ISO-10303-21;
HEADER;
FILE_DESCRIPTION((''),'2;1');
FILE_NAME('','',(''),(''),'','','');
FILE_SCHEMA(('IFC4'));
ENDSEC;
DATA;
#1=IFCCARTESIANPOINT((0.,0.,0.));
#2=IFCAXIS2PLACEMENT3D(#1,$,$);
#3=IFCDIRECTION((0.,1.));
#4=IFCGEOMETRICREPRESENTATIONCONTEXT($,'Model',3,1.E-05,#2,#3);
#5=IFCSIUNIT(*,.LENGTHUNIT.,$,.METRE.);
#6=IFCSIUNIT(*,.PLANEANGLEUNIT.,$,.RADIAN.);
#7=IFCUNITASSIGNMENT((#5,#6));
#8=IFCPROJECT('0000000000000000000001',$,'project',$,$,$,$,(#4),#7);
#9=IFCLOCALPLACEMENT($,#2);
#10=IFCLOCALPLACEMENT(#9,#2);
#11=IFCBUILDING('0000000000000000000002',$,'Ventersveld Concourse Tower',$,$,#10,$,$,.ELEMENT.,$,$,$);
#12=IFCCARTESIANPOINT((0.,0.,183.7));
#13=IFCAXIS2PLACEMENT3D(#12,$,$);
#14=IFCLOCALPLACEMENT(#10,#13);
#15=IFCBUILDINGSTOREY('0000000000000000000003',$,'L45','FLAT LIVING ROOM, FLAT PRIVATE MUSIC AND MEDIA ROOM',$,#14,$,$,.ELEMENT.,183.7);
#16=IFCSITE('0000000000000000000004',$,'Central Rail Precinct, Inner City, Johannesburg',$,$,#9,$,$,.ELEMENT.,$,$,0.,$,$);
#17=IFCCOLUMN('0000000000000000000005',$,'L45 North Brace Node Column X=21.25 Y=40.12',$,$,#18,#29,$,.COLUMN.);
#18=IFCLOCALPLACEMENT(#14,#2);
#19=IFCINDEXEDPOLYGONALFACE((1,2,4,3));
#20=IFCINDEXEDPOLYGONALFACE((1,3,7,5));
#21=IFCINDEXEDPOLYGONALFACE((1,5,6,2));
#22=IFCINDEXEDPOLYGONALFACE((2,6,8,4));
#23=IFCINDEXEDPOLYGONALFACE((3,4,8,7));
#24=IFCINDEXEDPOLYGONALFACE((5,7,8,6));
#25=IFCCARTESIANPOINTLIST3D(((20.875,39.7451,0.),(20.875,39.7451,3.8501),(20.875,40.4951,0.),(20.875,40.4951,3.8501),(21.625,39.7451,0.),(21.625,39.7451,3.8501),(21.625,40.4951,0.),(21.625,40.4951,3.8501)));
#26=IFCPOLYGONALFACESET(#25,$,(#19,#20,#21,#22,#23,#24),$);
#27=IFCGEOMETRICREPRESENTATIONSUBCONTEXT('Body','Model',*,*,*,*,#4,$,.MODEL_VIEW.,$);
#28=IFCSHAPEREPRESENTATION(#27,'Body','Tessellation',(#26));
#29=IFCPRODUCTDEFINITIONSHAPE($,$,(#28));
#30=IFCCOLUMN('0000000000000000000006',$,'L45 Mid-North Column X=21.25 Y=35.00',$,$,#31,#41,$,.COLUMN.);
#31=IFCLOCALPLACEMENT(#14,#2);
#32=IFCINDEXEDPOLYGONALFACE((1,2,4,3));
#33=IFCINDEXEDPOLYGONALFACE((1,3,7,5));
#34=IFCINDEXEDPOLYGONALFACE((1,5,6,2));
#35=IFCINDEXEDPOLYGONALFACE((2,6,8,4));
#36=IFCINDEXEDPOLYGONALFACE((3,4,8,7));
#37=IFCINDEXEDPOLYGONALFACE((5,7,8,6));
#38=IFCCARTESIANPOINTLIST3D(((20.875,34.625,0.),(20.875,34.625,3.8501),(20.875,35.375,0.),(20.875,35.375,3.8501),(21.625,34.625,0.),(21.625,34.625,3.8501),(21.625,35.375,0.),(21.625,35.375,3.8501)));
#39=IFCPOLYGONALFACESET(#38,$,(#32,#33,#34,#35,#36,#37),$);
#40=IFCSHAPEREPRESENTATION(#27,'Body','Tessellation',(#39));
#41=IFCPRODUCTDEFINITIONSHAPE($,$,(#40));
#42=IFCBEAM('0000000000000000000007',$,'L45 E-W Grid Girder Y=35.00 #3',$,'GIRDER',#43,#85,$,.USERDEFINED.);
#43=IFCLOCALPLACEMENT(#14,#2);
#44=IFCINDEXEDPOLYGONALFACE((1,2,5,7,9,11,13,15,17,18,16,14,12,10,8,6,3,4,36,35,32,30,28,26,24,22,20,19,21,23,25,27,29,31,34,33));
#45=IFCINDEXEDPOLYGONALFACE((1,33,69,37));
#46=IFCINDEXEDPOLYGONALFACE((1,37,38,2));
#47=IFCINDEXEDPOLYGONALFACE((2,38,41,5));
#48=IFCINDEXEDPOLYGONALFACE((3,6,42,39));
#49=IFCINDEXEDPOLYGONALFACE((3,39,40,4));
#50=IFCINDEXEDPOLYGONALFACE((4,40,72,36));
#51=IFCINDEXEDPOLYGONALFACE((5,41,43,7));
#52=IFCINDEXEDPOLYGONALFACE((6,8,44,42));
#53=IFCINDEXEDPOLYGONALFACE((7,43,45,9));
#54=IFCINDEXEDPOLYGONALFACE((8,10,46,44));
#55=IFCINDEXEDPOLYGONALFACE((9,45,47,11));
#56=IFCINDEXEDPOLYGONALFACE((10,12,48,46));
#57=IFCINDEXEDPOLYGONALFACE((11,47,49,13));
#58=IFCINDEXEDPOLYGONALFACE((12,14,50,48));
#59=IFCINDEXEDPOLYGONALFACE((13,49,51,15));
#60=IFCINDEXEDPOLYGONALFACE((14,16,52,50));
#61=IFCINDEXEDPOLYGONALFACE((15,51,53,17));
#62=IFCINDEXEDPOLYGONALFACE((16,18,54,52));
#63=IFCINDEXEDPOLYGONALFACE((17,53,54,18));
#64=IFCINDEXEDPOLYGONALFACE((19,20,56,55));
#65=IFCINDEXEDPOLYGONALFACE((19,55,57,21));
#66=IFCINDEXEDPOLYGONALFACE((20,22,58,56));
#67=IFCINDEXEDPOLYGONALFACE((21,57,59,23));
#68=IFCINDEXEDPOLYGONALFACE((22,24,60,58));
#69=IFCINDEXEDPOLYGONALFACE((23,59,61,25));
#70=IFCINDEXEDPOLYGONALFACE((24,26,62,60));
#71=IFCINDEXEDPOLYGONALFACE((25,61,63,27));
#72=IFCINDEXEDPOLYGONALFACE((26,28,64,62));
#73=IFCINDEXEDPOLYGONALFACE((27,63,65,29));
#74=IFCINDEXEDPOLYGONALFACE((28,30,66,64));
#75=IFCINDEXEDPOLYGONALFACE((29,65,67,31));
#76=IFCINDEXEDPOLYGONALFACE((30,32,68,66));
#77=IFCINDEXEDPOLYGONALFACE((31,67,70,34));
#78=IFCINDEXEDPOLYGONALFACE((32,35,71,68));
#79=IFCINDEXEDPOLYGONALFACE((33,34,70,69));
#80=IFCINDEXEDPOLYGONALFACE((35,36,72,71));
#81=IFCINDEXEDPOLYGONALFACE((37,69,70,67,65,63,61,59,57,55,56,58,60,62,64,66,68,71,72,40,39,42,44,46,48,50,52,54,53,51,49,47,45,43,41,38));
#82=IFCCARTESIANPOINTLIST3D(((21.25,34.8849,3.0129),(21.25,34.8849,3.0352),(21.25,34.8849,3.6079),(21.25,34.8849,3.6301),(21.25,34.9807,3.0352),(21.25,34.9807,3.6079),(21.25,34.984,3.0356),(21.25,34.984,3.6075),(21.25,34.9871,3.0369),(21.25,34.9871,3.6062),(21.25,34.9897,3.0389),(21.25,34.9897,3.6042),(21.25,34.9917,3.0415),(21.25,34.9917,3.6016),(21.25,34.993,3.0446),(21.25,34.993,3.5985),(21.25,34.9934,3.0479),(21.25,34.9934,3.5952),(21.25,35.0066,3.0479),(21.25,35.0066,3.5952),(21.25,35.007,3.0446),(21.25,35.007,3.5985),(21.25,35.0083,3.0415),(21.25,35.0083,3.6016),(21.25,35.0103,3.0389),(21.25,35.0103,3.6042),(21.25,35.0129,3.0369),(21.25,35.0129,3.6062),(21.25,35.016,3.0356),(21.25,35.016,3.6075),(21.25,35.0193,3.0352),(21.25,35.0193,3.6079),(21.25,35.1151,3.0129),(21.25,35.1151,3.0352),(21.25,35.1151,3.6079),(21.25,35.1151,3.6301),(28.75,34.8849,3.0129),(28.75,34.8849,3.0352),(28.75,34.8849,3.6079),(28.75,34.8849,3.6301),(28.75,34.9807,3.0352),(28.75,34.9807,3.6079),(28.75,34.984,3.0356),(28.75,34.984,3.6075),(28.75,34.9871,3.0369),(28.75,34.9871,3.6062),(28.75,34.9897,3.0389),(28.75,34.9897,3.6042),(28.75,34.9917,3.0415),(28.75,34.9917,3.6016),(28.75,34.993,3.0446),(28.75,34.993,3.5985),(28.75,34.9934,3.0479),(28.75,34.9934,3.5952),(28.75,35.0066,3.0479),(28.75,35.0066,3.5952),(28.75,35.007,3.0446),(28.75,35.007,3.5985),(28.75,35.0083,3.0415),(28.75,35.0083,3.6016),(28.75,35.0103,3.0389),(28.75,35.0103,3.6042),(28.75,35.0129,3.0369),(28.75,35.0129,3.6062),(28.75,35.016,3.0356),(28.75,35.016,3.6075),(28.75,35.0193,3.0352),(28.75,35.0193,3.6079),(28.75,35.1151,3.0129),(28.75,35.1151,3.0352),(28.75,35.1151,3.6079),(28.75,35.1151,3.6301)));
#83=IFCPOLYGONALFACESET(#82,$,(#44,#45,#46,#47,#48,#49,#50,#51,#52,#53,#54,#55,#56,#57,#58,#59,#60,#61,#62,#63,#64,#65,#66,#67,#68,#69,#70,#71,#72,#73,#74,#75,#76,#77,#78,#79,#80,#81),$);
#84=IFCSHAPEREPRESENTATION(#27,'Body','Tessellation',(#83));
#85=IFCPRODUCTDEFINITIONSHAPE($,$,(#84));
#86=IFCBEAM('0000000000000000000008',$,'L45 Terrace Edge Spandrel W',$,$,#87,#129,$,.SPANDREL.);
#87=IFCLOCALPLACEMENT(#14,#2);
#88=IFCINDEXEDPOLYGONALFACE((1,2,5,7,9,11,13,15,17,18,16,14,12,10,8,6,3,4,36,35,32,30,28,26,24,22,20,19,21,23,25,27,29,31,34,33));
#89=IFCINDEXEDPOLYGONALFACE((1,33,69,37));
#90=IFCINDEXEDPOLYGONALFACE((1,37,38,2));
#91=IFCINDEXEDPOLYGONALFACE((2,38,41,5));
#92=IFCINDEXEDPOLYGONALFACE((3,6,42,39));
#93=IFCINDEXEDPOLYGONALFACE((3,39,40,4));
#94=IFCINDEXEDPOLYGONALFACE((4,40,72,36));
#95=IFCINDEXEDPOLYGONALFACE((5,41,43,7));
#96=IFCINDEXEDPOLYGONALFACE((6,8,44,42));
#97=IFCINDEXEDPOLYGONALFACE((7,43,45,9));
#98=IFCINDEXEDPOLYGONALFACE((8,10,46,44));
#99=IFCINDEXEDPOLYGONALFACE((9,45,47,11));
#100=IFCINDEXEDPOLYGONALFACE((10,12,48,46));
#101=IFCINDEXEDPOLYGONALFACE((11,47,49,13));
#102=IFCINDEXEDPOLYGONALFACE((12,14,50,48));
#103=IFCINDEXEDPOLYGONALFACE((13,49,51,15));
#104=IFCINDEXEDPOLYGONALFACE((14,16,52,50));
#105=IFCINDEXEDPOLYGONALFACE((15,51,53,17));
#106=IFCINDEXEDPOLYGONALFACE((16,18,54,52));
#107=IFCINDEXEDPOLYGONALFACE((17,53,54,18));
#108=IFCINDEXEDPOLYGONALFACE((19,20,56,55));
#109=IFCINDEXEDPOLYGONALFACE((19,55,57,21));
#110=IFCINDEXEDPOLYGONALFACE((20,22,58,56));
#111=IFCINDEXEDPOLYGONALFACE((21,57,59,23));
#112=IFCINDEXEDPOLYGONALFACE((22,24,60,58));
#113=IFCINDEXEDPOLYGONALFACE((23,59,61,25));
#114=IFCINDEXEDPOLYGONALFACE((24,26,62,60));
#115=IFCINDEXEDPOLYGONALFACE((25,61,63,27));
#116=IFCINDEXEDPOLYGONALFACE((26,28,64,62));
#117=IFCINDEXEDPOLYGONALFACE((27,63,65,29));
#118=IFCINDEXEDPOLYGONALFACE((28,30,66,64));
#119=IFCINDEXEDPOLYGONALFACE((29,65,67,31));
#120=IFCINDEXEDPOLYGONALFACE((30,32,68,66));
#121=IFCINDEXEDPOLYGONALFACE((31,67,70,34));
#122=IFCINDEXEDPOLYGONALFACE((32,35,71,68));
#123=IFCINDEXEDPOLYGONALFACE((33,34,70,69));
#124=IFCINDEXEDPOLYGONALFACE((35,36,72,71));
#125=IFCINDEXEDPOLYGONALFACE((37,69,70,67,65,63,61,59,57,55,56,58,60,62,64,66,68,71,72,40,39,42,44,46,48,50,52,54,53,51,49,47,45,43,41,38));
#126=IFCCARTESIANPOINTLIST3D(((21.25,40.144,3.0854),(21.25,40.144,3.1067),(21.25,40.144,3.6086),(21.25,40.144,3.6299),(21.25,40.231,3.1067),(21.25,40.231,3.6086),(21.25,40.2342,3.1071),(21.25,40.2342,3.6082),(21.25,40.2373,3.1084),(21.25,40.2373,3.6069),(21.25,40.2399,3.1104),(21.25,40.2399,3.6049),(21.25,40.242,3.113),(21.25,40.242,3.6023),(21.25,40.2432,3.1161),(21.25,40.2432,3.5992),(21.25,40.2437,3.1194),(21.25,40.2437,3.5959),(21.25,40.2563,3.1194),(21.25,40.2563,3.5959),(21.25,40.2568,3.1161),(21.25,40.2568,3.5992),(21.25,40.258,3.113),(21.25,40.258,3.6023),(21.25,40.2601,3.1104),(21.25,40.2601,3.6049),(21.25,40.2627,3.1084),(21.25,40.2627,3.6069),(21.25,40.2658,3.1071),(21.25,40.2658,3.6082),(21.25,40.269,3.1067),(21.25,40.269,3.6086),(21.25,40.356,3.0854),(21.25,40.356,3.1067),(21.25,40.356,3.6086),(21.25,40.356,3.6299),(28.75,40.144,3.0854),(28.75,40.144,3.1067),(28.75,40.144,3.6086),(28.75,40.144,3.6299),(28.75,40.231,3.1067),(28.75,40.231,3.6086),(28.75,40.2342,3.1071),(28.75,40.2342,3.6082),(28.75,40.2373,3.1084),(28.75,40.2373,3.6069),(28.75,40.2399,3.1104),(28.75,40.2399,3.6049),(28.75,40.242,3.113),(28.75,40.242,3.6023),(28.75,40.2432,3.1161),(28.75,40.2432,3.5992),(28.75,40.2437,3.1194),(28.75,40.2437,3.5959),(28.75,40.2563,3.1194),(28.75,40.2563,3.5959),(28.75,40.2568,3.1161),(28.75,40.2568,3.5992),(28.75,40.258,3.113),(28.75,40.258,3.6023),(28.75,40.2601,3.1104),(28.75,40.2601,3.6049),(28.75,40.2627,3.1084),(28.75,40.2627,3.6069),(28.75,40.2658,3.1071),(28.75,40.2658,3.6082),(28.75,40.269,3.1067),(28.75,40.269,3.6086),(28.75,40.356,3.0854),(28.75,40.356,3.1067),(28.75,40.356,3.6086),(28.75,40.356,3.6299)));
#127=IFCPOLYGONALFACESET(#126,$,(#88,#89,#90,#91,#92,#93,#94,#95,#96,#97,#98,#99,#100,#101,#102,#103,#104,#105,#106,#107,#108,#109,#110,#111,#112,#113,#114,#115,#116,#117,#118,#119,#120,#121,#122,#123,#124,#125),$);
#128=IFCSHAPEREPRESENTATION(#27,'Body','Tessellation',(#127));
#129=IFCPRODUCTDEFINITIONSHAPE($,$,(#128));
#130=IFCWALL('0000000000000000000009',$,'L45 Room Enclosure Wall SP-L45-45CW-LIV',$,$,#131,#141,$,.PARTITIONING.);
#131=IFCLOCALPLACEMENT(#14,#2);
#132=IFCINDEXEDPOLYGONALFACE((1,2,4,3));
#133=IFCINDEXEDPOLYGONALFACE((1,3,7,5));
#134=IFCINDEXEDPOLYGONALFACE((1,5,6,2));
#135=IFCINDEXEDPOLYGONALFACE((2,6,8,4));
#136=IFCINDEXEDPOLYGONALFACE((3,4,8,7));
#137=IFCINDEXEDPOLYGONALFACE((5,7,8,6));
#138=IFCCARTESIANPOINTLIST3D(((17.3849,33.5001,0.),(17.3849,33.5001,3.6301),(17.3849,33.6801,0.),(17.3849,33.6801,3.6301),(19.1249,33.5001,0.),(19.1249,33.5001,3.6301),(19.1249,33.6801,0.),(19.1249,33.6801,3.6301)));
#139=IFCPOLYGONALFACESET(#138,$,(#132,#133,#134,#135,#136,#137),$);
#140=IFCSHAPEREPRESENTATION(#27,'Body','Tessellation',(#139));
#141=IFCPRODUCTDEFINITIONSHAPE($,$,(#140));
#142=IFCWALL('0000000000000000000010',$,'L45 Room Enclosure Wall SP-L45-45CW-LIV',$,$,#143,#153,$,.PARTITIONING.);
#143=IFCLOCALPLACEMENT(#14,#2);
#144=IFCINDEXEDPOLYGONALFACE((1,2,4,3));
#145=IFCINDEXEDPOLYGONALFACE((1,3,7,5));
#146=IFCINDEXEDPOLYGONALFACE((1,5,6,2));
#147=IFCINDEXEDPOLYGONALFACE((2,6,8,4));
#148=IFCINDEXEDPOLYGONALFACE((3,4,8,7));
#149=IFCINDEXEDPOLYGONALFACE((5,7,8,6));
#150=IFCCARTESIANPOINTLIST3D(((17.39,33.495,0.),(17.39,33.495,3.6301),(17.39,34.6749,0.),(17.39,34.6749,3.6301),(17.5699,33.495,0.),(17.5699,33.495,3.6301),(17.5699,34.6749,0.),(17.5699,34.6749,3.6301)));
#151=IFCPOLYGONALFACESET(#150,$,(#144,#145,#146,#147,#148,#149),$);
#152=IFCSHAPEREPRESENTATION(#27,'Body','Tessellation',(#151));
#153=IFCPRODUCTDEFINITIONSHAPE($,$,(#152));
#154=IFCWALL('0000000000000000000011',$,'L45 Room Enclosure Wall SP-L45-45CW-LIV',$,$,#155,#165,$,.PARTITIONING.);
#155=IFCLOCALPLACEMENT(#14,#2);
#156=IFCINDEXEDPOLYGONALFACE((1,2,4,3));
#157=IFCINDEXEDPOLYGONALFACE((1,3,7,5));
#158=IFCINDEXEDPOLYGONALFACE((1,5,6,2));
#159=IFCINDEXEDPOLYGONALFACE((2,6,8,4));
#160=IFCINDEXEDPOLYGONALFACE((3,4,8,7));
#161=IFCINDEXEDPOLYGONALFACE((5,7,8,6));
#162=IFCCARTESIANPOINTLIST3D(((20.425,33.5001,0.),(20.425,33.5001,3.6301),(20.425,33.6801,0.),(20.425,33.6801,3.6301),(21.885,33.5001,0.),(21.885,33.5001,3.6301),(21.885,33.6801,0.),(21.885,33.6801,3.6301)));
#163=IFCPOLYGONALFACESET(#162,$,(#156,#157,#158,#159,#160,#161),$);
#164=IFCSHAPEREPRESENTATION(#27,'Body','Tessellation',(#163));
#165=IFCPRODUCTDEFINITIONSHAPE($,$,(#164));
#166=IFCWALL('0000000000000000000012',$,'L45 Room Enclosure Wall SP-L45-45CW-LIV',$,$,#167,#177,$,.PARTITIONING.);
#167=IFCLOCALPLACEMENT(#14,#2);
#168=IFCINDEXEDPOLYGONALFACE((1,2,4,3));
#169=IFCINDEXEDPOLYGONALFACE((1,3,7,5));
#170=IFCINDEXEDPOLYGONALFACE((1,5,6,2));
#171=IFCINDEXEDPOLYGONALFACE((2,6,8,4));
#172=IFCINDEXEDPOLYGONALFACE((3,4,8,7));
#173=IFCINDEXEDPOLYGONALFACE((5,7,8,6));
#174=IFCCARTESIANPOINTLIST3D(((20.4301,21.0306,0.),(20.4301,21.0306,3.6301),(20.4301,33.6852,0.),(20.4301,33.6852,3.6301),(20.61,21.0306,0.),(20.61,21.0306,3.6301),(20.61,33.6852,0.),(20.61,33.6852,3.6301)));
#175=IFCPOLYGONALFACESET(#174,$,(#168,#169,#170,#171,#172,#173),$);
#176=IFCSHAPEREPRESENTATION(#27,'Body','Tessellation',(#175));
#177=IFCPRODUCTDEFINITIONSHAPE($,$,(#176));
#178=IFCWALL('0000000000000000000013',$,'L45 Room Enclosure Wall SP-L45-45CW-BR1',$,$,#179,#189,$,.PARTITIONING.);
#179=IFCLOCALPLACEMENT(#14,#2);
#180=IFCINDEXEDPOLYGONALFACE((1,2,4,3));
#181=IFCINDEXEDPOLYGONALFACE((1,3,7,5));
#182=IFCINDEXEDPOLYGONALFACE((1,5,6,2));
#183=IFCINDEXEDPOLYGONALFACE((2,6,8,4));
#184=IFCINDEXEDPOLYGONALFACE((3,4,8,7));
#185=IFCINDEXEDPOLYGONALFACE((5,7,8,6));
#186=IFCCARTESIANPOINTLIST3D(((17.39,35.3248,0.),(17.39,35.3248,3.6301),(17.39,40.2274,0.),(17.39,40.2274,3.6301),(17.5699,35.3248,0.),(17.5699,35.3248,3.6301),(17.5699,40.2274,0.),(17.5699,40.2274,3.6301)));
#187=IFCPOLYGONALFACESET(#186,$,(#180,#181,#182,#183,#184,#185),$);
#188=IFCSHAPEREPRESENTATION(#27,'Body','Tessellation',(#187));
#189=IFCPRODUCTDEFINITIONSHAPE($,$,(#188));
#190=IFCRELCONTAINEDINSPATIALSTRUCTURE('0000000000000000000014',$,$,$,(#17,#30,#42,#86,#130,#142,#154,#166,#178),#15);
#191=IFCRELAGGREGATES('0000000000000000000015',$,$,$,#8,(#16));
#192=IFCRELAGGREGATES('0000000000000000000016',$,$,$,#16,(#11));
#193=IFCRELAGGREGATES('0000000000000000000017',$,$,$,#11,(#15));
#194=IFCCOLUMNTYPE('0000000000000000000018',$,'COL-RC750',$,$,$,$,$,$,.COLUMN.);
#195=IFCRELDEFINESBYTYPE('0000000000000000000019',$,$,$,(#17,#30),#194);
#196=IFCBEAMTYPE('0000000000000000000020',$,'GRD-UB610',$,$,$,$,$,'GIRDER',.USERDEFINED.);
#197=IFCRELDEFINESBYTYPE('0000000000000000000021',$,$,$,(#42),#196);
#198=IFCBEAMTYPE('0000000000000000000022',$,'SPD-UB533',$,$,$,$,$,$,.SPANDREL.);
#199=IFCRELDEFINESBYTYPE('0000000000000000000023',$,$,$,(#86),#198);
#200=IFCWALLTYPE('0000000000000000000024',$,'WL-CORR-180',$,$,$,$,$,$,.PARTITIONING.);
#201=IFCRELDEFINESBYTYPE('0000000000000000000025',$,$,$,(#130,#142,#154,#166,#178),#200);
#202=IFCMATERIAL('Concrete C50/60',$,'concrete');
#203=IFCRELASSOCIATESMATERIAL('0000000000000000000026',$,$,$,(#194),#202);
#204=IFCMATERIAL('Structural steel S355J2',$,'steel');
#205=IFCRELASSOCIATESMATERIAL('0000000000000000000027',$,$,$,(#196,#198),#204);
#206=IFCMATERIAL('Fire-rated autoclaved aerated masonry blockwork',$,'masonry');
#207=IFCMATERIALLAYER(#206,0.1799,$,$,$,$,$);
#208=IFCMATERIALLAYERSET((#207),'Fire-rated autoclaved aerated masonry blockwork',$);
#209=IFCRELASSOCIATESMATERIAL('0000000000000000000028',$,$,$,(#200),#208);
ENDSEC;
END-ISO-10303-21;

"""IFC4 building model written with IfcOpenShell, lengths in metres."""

from ifc_helpers import new_model, si_unit, direction, frame, frame_2d, origin, origin_2d, place, context, subcontext, project, spatial, rectangle, i_section, extrude, material, layer, layer_set, material_profile, profile_set, type_object, element, save


model = new_model("IFC4")

# Units and contexts
model_context = context("Model", 3, precision=1e-05, world=origin(), true_north=direction((0.0, 1.0)))
body_context = subcontext(model_context, "Body", "Model", "MODEL_VIEW")
ifc_project = project(units=[si_unit("LENGTHUNIT", "METRE"), si_unit("PLANEANGLEUNIT", "RADIAN")], contexts=[model_context])

# Site, building, storey
site_placement = place(None, origin())
site = spatial("IfcSite", under=ifc_project, at=site_placement, Name="Central Rail Precinct, Inner City, Johannesburg", CompositionType="ELEMENT", RefElevation=0.0)
building_placement = place(site_placement, origin())
building = spatial("IfcBuilding", under=site, at=building_placement, Name="Ventersveld Concourse Tower", CompositionType="ELEMENT")
storey_placement = place(building_placement, frame((0.0, 0.0, 183.7)))
storey = spatial("IfcBuildingStorey", under=building, at=storey_placement, Name="L45", Description="FLAT LIVING ROOM, FLAT PRIVATE MUSIC AND MEDIA ROOM", CompositionType="ELEMENT", Elevation=183.7)

# Columns
ifc_material_1 = material(Name="Concrete C50/60", Category="concrete")
ifc_material_profile_1 = material_profile(ifc_material_1, rectangle(XDim=0.75, YDim=0.75, at=origin_2d()), Name="RC 750x750")
ifc_profile_set_1 = profile_set([ifc_material_profile_1], Name="Concrete C50/60")
column_type = type_object("IfcColumnType", Name="COL-RC750", PredefinedType="COLUMN", material=ifc_profile_set_1)
for number, where, z_axis, x_axis, name in (
    (1, (21.25, 40.1201, 0.0), (0.0, 0.0, 1.0), (1.0, 0.0, 0.0), "L45 North Brace Node Column X=21.25 Y=40.12"),
    (2, (21.25, 35.0, 0.0), (0.0, 0.0, 1.0), (1.0, 0.0, 0.0), "L45 Mid-North Column X=21.25 Y=35.00"),
):
    element("IfcColumn", number, at=place(storey_placement, frame(where, z_axis=z_axis, x_axis=x_axis)), inside=storey, type_object=column_type, Name=name, PredefinedType="COLUMN", context=body_context, shape_type="SweptSolid", body=[
        extrude(rectangle(XDim=0.75, YDim=0.75, at=origin_2d()), origin(), (0.0, 0.0, 1.0), 3.8501),
    ])

# Beams
ifc_material_2 = material(Name="Structural steel S355J2", Category="steel")
ifc_material_profile_2 = material_profile(ifc_material_2, i_section(OverallWidth=0.2302, OverallDepth=0.6172, WebThickness=0.0132, FlangeThickness=0.0222, FilletRadius=0.0127, at=origin_2d()), Name="UB 610x229x140")
ifc_profile_set_2 = profile_set([ifc_material_profile_2], Name="Structural steel S355J2")
beam_type_1 = type_object("IfcBeamType", Name="GRD-UB610", ElementType="GIRDER", PredefinedType="USERDEFINED", material=ifc_profile_set_2)
beam_1_placement = place(storey_placement, frame((21.25, 35.0, 3.3215), z_axis=(1.0, 0.0, 0.0), x_axis=(0.0, 1.0, 0.0)))
element("IfcBeam", 3, at=beam_1_placement, inside=storey, type_object=beam_type_1, Name="L45 E-W Grid Girder Y=35.00 #3", ObjectType="GIRDER", PredefinedType="USERDEFINED", context=body_context, shape_type="SweptSolid", body=[
    extrude(i_section(OverallWidth=0.2302, OverallDepth=0.6172, WebThickness=0.0132, FlangeThickness=0.0222, FilletRadius=0.0127, at=origin_2d()), origin(), (0.0, 0.0, 1.0), 7.5),
])
ifc_material_profile_3 = material_profile(ifc_material_2, i_section(OverallWidth=0.2119, OverallDepth=0.5444, WebThickness=0.0127, FlangeThickness=0.0212, FilletRadius=0.0127, at=origin_2d()), Name="UB 533x210x122")
ifc_profile_set_3 = profile_set([ifc_material_profile_3], Name="Structural steel S355J2")
beam_type_2 = type_object("IfcBeamType", Name="SPD-UB533", PredefinedType="SPANDREL", material=ifc_profile_set_3)
beam_2_placement = place(storey_placement, frame((21.25, 40.25, 3.3577), z_axis=(1.0, 0.0, 0.0), x_axis=(0.0, 1.0, 0.0)))
element("IfcBeam", 4, at=beam_2_placement, inside=storey, type_object=beam_type_2, Name="L45 Terrace Edge Spandrel W", PredefinedType="SPANDREL", context=body_context, shape_type="SweptSolid", body=[
    extrude(i_section(OverallWidth=0.2119, OverallDepth=0.5444, WebThickness=0.0127, FlangeThickness=0.0212, FilletRadius=0.0127, at=origin_2d()), origin(), (0.0, 0.0, 1.0), 7.5),
])

# Walls
ifc_material_3 = material(Name="Fire-rated autoclaved aerated masonry blockwork", Category="masonry")
ifc_layer_1 = layer(ifc_material_3, 0.1799)
ifc_layer_set_1 = layer_set([ifc_layer_1], Name="Fire-rated autoclaved aerated masonry blockwork")
wall_type_1 = type_object("IfcWallType", Name="WL-CORR-180", PredefinedType="PARTITIONING", material=ifc_layer_set_1)
wall_1_placement = place(storey_placement, frame((19.125, 33.5901, 0.0), z_axis=(0.0, 0.0, 1.0), x_axis=(-1.0, 0.0, 0.0)))
element("IfcWall", 5, at=wall_1_placement, inside=storey, type_object=wall_type_1, Name="L45 Room Enclosure Wall SP-L45-45CW-LIV", PredefinedType="PARTITIONING", context=body_context, shape_type="SweptSolid", body=[
    extrude(rectangle(XDim=1.74, YDim=0.1799, at=frame_2d((0.8701, 0.0))), origin(), (0.0, 0.0, 1.0), 3.6301),
])
wall_2_placement = place(storey_placement, frame((17.48, 33.4951, 0.0), z_axis=(0.0, 0.0, 1.0), x_axis=(0.0, 1.0, 0.0)))
element("IfcWall", 6, at=wall_2_placement, inside=storey, type_object=wall_type_1, Name="L45 Room Enclosure Wall SP-L45-45CW-LIV", PredefinedType="PARTITIONING", context=body_context, shape_type="SweptSolid", body=[
    extrude(rectangle(XDim=1.1799, YDim=0.1799, at=frame_2d((0.5898, 0.0))), origin(), (0.0, 0.0, 1.0), 3.6301),
])
wall_3_placement = place(storey_placement, frame((21.885, 33.5901, 0.0), z_axis=(0.0, 0.0, 1.0), x_axis=(-1.0, 0.0, 0.0)))
element("IfcWall", 7, at=wall_3_placement, inside=storey, type_object=wall_type_1, Name="L45 Room Enclosure Wall SP-L45-45CW-LIV", PredefinedType="PARTITIONING", context=body_context, shape_type="SweptSolid", body=[
    extrude(rectangle(XDim=1.46, YDim=0.1799, at=frame_2d((0.73, 0.0))), origin(), (0.0, 0.0, 1.0), 3.6301),
])
wall_4_placement = place(storey_placement, frame((20.52, 33.6851, 0.0), z_axis=(0.0, 0.0, 1.0), x_axis=(0.0, -1.0, 0.0)))
element("IfcWall", 8, at=wall_4_placement, inside=storey, type_object=wall_type_1, Name="L45 Room Enclosure Wall SP-L45-45CW-LIV", PredefinedType="PARTITIONING", context=body_context, shape_type="SweptSolid", body=[
    extrude(rectangle(XDim=12.6545, YDim=0.1799, at=frame_2d((6.3271, 0.0))), origin(), (0.0, 0.0, 1.0), 3.6301),
])
wall_5_placement = place(storey_placement, frame((17.48, 35.325, 0.0), z_axis=(0.0, 0.0, 1.0), x_axis=(0.0, 1.0, 0.0)))
element("IfcWall", 9, at=wall_5_placement, inside=storey, type_object=wall_type_1, Name="L45 Room Enclosure Wall SP-L45-45CW-BR1", PredefinedType="PARTITIONING", context=body_context, shape_type="SweptSolid", body=[
    extrude(rectangle(XDim=4.9026, YDim=0.1799, at=frame_2d((2.4512, 0.0))), origin(), (0.0, 0.0, 1.0), 3.6301),
])

save(model, "model.ifc")
